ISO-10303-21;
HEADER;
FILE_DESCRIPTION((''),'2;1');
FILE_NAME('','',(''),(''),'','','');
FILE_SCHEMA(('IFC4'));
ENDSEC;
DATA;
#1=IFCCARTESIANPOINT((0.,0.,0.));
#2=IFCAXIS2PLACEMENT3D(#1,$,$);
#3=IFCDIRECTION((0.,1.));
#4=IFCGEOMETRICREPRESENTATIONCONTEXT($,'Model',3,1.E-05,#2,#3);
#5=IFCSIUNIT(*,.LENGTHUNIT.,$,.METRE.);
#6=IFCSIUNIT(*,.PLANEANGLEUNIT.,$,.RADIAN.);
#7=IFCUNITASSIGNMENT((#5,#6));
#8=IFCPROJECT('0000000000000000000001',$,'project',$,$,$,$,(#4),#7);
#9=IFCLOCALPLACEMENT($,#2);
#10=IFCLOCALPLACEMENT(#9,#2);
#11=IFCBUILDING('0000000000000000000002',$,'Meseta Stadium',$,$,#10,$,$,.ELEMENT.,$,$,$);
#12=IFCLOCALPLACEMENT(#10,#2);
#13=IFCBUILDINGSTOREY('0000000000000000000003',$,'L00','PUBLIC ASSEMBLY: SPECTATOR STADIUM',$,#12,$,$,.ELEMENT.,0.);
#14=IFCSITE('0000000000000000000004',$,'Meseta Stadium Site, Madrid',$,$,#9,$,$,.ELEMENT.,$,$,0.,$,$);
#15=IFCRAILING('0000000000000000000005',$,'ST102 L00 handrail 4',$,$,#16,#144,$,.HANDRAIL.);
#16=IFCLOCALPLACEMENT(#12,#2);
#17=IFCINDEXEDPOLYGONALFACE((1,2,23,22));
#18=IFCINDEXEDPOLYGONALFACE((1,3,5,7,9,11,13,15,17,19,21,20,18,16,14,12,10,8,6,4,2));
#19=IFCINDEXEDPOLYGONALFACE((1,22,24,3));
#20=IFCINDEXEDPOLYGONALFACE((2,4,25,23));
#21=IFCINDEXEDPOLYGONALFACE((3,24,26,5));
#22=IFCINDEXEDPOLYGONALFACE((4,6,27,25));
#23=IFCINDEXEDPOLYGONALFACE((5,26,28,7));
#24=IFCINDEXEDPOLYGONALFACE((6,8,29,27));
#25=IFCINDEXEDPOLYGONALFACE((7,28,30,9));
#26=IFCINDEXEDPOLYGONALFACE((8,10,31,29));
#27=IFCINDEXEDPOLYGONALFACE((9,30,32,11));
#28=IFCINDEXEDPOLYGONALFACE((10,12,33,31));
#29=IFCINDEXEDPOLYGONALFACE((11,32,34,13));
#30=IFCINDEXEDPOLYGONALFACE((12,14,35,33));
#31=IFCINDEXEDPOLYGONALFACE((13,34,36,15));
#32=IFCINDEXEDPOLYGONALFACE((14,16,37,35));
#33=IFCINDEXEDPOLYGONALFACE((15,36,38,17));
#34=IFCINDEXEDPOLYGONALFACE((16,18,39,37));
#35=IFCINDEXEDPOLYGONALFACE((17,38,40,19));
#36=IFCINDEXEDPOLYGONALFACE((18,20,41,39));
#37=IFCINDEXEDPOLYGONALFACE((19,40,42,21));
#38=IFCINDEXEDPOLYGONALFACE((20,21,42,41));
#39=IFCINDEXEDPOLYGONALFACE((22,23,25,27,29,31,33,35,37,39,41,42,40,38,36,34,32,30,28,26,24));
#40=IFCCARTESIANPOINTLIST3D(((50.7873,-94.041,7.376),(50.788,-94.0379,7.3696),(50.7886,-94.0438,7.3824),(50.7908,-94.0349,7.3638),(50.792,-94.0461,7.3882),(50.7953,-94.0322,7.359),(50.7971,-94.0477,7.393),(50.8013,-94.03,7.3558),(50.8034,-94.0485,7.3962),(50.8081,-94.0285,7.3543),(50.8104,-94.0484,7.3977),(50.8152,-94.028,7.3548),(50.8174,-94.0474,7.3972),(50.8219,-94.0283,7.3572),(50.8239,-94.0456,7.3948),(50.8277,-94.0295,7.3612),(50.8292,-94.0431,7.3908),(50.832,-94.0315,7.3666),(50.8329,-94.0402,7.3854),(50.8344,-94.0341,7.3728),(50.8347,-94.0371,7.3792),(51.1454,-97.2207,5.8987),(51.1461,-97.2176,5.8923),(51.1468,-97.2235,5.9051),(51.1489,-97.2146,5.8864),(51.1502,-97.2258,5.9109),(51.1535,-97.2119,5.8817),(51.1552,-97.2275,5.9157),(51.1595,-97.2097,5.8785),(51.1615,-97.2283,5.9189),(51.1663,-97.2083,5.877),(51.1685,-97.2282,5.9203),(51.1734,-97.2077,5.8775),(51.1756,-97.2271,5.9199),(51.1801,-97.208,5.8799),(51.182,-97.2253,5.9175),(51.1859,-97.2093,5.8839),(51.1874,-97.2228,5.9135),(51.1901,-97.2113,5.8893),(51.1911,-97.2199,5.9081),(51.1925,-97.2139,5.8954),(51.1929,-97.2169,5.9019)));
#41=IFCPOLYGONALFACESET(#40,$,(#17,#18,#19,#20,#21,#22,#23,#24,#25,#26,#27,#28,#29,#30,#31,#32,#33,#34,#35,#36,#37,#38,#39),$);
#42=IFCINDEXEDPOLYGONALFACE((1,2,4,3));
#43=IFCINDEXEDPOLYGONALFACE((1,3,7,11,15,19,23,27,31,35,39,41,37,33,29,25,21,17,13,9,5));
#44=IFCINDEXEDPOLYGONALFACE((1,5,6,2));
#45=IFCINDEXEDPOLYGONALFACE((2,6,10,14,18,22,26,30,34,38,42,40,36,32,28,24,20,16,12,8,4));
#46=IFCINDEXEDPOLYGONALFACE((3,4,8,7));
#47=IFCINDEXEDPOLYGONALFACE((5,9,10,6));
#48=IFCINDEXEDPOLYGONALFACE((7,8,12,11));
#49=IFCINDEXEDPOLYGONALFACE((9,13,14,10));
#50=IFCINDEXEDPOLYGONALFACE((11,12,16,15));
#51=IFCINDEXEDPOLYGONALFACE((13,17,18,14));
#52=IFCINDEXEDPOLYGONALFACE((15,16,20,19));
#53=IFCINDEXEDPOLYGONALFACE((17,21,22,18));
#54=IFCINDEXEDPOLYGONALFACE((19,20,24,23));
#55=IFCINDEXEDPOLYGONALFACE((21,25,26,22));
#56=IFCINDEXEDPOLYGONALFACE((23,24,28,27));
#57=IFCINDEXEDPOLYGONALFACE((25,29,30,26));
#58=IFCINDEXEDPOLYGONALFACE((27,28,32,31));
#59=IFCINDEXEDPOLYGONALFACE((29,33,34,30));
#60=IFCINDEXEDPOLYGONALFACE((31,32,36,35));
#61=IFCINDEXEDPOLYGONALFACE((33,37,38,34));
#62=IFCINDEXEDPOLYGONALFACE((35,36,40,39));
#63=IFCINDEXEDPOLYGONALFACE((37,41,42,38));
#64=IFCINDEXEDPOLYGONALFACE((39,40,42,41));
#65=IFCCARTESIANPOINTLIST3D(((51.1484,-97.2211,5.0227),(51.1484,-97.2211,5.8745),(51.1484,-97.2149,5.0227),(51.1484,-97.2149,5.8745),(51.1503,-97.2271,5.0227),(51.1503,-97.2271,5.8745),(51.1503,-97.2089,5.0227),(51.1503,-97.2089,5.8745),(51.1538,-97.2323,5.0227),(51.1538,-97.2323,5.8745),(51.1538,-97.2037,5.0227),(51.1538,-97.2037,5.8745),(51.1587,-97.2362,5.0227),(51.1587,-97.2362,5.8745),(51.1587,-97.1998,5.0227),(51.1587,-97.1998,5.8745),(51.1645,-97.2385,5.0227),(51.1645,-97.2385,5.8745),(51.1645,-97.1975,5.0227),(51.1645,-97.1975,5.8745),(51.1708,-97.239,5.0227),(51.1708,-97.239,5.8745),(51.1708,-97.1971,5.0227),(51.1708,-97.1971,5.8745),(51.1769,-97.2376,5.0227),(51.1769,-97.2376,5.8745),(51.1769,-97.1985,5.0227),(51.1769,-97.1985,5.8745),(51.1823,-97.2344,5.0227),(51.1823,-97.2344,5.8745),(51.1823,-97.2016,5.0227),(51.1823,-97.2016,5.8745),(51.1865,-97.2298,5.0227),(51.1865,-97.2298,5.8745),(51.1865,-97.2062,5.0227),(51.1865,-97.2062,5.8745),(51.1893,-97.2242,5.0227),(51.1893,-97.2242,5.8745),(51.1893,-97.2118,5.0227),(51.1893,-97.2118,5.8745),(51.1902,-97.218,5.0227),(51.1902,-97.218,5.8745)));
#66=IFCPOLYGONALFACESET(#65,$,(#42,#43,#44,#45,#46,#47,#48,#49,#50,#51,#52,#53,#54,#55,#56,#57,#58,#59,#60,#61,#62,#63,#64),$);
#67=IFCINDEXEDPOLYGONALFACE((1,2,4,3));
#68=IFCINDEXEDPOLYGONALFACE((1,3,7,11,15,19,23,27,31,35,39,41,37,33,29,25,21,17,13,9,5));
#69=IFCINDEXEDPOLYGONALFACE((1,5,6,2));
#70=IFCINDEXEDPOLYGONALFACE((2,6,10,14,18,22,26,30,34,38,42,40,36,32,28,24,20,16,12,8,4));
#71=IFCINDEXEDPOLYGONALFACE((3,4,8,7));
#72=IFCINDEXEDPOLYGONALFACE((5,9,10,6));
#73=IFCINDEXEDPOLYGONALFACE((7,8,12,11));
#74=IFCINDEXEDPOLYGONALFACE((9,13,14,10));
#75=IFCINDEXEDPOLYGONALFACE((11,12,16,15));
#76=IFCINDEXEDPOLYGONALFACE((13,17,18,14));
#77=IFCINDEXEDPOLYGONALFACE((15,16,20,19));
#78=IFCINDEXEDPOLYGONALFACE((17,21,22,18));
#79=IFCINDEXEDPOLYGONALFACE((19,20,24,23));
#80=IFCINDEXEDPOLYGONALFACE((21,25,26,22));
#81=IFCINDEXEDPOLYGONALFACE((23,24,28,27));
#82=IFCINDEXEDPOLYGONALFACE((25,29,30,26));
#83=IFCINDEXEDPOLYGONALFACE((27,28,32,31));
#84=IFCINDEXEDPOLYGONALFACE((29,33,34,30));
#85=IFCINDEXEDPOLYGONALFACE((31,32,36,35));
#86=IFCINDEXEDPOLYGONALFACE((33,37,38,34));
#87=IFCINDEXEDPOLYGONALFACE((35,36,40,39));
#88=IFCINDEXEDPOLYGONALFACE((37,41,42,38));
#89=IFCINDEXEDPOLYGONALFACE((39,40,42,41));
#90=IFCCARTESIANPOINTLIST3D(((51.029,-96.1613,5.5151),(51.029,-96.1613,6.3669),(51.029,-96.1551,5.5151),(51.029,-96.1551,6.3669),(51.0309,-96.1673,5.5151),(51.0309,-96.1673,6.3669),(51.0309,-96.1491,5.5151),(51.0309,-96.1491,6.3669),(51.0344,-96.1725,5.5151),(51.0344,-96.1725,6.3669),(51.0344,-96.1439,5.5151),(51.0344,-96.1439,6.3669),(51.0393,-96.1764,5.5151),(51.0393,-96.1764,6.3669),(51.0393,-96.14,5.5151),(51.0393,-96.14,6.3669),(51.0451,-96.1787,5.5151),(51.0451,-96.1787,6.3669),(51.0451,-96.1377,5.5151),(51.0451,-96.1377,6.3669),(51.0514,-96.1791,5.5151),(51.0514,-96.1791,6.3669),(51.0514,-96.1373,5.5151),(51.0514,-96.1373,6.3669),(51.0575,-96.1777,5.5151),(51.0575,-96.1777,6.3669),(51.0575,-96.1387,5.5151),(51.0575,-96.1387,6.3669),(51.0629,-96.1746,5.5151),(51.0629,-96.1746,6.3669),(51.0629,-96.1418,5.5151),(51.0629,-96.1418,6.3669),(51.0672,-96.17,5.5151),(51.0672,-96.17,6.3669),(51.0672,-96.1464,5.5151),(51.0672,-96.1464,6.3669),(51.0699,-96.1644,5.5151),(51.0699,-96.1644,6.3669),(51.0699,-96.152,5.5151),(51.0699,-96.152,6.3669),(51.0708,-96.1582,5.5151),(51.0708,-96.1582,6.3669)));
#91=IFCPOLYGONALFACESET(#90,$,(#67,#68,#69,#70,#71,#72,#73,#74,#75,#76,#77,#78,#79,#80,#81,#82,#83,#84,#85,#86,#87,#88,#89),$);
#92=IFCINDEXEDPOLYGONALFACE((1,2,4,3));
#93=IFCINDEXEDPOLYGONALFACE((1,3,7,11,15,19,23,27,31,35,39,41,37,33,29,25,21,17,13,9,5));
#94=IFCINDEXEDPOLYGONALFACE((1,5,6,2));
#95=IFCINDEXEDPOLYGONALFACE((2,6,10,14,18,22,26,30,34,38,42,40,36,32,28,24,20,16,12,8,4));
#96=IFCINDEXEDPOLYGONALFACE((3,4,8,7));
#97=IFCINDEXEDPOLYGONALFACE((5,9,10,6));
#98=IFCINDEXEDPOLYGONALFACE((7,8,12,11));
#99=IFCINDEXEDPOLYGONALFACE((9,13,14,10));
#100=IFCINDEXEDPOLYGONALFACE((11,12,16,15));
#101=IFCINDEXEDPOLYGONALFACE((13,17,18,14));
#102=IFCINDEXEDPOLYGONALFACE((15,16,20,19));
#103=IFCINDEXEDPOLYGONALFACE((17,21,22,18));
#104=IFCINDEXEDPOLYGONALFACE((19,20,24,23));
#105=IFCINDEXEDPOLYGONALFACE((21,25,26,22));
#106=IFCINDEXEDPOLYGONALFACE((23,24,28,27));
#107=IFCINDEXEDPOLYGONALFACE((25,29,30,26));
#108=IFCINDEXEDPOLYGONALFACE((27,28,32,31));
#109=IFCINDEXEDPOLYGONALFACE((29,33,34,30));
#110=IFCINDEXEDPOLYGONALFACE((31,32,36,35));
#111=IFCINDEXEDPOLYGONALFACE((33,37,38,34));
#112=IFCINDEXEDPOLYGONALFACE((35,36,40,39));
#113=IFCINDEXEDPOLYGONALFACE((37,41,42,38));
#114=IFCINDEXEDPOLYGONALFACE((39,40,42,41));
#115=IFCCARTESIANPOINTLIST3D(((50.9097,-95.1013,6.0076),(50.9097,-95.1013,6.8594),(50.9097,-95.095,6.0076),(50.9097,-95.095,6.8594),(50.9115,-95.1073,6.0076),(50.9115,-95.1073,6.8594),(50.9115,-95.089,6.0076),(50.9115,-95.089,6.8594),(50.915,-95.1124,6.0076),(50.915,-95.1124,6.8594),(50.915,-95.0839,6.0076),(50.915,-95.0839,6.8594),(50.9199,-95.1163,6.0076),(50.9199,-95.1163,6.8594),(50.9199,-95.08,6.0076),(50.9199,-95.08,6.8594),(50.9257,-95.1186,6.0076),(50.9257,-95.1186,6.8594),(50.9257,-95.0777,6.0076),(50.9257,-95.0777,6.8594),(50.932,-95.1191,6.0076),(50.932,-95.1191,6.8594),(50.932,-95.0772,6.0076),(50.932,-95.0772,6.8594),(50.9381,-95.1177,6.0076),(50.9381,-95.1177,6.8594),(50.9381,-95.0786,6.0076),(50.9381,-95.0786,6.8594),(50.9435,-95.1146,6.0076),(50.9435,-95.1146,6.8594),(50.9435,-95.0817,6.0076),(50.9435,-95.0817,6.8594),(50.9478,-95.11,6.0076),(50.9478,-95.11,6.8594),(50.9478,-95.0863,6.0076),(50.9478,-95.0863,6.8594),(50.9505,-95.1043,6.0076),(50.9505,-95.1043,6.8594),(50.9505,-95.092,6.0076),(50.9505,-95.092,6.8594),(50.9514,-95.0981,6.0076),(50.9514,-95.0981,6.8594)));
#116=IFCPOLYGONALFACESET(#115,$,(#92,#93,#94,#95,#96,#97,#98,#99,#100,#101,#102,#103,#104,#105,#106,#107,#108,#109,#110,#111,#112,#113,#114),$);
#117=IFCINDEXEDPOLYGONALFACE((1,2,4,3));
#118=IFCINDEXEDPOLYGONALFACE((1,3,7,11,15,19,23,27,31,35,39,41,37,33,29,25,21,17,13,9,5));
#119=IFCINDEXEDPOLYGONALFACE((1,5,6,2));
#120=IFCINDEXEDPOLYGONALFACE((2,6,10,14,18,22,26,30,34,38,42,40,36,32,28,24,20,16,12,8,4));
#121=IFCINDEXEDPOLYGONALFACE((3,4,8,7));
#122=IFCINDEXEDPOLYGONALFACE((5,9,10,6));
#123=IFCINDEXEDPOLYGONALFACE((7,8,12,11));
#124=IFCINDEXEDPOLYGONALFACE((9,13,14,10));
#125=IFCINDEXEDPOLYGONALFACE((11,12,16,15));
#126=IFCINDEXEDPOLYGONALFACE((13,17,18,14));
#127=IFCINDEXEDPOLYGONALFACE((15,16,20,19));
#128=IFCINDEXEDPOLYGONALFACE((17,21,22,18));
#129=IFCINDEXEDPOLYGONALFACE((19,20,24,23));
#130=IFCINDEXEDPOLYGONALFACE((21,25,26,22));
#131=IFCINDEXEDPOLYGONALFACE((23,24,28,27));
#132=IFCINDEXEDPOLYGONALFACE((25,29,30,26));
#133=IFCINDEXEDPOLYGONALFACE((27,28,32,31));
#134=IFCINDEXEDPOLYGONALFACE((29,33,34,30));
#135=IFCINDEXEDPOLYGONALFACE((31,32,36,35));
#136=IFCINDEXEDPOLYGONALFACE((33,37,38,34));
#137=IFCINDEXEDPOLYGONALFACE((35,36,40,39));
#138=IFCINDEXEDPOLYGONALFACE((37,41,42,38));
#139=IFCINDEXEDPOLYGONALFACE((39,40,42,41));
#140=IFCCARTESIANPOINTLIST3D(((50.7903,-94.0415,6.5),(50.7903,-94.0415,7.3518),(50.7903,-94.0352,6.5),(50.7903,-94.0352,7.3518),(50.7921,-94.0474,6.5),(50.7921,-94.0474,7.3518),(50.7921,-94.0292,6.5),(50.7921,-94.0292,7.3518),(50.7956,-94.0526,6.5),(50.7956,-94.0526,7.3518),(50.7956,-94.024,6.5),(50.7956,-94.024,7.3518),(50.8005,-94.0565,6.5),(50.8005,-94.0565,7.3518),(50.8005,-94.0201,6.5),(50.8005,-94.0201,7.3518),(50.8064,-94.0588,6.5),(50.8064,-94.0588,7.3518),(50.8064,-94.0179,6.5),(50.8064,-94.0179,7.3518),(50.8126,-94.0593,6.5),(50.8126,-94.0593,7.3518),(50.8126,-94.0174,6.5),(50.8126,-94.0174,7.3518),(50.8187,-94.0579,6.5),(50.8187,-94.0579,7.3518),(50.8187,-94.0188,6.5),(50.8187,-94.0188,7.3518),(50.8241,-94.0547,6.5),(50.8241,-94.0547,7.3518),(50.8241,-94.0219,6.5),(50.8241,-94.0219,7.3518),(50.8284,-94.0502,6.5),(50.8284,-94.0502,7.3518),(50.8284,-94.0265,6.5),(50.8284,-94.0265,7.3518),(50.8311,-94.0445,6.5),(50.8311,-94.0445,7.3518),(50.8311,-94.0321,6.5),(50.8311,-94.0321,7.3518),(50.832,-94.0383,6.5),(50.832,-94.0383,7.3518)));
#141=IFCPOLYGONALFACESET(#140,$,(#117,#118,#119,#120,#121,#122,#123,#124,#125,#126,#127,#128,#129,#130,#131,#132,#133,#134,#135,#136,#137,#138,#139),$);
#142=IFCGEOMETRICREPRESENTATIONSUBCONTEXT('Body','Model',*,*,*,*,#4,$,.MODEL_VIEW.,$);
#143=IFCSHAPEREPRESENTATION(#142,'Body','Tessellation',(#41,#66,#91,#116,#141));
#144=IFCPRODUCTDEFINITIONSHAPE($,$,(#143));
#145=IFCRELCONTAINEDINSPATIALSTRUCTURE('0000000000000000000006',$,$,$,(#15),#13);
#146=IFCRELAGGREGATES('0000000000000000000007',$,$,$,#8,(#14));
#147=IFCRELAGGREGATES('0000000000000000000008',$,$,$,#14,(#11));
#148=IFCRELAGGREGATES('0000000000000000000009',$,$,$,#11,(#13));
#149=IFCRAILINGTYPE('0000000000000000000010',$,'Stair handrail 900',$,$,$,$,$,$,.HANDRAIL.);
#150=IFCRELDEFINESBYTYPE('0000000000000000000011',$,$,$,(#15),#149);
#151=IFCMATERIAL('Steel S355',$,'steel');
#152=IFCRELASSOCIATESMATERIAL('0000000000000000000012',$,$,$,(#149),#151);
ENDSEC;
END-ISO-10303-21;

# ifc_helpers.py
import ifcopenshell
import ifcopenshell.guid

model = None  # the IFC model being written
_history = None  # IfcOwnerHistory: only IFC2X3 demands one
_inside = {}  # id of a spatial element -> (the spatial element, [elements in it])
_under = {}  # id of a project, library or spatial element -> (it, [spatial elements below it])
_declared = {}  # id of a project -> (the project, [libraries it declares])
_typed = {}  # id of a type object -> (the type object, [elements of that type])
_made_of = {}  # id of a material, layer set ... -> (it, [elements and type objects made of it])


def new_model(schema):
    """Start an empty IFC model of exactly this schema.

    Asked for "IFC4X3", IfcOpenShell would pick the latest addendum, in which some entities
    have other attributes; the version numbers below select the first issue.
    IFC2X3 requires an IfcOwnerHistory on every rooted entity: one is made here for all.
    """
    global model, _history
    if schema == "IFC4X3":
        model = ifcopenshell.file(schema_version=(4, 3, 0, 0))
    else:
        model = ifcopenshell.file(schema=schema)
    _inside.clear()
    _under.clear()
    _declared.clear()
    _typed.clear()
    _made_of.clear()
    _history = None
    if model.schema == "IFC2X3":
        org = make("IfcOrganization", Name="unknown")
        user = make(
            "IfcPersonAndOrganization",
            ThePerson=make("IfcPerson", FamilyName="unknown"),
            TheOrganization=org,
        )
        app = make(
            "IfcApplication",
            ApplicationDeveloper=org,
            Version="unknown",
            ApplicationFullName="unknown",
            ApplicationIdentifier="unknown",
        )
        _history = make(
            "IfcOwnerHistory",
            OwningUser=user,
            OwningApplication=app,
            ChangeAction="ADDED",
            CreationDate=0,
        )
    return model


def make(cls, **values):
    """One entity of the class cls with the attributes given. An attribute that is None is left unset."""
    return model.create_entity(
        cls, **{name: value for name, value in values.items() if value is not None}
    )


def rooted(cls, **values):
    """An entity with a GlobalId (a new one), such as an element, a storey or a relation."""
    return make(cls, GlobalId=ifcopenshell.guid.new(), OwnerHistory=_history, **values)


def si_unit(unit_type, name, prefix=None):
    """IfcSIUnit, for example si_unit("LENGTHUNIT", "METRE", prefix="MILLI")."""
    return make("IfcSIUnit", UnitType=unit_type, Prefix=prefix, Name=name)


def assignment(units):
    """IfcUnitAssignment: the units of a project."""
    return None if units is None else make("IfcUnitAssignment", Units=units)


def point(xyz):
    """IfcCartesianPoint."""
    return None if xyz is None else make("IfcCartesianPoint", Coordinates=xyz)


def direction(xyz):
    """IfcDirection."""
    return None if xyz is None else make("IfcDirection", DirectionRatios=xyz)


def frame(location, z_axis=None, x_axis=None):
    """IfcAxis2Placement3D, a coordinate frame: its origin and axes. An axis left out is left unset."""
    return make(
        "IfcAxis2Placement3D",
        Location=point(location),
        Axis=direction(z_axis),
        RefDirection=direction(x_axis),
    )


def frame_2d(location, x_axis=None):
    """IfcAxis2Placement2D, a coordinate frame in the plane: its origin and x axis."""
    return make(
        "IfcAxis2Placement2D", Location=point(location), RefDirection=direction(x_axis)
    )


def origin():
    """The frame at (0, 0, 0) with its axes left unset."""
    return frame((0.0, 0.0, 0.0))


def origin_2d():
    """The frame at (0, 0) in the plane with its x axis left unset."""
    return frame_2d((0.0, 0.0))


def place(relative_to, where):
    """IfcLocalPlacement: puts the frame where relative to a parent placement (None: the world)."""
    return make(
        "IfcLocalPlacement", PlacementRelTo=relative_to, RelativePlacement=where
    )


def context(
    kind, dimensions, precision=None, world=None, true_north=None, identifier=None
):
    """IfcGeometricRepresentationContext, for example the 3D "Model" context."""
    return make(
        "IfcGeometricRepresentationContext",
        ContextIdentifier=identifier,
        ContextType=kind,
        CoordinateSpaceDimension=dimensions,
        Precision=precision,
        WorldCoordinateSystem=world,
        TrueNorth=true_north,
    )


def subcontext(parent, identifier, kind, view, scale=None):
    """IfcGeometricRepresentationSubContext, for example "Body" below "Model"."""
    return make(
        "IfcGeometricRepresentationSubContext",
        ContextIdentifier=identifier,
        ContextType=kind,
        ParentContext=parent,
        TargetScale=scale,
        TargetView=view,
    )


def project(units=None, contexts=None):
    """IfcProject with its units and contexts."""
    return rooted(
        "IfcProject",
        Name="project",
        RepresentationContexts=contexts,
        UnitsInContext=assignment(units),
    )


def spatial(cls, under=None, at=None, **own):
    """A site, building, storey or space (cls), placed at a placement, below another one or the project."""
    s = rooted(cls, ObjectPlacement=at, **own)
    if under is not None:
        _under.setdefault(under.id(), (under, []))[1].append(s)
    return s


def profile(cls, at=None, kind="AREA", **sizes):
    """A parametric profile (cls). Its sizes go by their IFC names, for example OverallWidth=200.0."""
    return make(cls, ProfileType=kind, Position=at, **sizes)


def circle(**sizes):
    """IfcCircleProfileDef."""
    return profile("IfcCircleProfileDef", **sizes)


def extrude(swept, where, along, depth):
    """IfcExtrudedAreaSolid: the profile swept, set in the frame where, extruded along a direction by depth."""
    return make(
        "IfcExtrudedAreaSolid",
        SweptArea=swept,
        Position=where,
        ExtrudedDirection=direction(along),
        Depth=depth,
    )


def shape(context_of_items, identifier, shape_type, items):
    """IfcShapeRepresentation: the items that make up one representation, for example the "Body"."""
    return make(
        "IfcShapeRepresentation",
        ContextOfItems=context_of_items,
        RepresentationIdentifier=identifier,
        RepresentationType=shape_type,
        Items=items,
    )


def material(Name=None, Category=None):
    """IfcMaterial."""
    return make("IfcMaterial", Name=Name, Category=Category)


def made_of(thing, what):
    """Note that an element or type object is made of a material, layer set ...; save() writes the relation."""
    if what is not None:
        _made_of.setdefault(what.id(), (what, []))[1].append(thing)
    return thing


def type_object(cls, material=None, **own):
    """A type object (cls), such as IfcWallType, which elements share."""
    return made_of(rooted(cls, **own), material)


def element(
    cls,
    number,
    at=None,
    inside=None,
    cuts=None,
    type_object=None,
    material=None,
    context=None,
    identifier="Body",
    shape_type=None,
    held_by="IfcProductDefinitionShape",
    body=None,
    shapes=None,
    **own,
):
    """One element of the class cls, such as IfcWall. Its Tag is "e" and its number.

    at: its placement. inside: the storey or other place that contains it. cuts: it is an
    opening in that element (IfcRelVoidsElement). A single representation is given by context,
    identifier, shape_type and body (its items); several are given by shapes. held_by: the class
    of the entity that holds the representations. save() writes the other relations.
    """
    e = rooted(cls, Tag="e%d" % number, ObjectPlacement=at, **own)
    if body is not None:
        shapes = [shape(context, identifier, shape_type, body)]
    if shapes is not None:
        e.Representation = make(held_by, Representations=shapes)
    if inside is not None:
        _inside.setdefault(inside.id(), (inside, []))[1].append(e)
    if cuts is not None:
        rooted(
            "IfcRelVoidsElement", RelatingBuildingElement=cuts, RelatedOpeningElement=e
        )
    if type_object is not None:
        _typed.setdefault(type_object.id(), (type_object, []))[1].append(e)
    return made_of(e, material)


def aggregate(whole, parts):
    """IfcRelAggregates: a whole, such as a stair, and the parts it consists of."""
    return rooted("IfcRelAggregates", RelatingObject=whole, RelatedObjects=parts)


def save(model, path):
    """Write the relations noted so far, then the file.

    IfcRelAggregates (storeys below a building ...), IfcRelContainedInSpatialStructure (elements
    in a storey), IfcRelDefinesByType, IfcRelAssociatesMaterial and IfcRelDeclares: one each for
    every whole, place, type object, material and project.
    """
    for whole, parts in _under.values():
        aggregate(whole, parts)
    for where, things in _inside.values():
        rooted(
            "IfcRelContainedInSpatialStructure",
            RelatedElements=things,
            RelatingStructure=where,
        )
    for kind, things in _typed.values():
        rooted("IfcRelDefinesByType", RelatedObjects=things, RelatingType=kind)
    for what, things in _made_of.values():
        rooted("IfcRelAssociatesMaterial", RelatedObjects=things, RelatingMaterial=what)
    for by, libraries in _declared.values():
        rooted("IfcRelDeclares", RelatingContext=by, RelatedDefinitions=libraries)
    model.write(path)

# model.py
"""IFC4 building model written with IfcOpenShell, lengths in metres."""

from ifc_helpers import new_model, si_unit, direction, frame, origin, origin_2d, place, context, subcontext, project, spatial, circle, extrude, material, type_object, element, save


model = new_model("IFC4")

# Units and contexts
model_context = context("Model", 3, precision=1e-05, world=origin(), true_north=direction((0.0, 1.0)))
body_context = subcontext(model_context, "Body", "Model", "MODEL_VIEW")
ifc_project = project(units=[si_unit("LENGTHUNIT", "METRE"), si_unit("PLANEANGLEUNIT", "RADIAN")], contexts=[model_context])

# Site, building, storey
site_placement = place(None, origin())
site = spatial("IfcSite", under=ifc_project, at=site_placement, Name="Meseta Stadium Site, Madrid", CompositionType="ELEMENT", RefElevation=0.0)
building_placement = place(site_placement, origin())
building = spatial("IfcBuilding", under=site, at=building_placement, Name="Meseta Stadium", CompositionType="ELEMENT")
storey_placement = place(building_placement, origin())
storey = spatial("IfcBuildingStorey", under=building, at=storey_placement, Name="L00", Description="PUBLIC ASSEMBLY: SPECTATOR STADIUM", CompositionType="ELEMENT", Elevation=0.0)

# Railing
ifc_material_1 = material(Name="Steel S355", Category="steel")
railing_type_1 = type_object("IfcRailingType", Name="Stair handrail 900", PredefinedType="HANDRAIL", material=ifc_material_1)
railing_1_placement = place(storey_placement, frame((51.1692, -97.218, 5.0227)))
element("IfcRailing", 1, at=railing_1_placement, inside=storey, type_object=railing_type_1, Name="ST102 L00 handrail 4", PredefinedType="HANDRAIL", context=body_context, shape_type="SweptSolid", body=[
    extrude(circle(Radius=0.0239, at=origin_2d()), frame((0.0, 0.0, 0.876), z_axis=(-0.101623, 0.902204, 0.419167), x_axis=(-0.993716, -0.11193, 0.0)), (0.0, 0.0, 1.0), 3.5244),
    extrude(circle(Radius=0.021, at=origin_2d()), origin(), (0.0, 0.0, 1.0), 0.8518),
    extrude(circle(Radius=0.021, at=origin_2d()), frame((-0.1194, 1.0598, 0.4924)), (0.0, 0.0, 1.0), 0.8518),
    extrude(circle(Radius=0.021, at=origin_2d()), frame((-0.2388, 2.1199, 0.9849)), (0.0, 0.0, 1.0), 0.8518),
    extrude(circle(Radius=0.021, at=origin_2d()), frame((-0.3582, 3.1797, 1.4773)), (0.0, 0.0, 1.0), 0.8518),
])

save(model, "model.ifc")
